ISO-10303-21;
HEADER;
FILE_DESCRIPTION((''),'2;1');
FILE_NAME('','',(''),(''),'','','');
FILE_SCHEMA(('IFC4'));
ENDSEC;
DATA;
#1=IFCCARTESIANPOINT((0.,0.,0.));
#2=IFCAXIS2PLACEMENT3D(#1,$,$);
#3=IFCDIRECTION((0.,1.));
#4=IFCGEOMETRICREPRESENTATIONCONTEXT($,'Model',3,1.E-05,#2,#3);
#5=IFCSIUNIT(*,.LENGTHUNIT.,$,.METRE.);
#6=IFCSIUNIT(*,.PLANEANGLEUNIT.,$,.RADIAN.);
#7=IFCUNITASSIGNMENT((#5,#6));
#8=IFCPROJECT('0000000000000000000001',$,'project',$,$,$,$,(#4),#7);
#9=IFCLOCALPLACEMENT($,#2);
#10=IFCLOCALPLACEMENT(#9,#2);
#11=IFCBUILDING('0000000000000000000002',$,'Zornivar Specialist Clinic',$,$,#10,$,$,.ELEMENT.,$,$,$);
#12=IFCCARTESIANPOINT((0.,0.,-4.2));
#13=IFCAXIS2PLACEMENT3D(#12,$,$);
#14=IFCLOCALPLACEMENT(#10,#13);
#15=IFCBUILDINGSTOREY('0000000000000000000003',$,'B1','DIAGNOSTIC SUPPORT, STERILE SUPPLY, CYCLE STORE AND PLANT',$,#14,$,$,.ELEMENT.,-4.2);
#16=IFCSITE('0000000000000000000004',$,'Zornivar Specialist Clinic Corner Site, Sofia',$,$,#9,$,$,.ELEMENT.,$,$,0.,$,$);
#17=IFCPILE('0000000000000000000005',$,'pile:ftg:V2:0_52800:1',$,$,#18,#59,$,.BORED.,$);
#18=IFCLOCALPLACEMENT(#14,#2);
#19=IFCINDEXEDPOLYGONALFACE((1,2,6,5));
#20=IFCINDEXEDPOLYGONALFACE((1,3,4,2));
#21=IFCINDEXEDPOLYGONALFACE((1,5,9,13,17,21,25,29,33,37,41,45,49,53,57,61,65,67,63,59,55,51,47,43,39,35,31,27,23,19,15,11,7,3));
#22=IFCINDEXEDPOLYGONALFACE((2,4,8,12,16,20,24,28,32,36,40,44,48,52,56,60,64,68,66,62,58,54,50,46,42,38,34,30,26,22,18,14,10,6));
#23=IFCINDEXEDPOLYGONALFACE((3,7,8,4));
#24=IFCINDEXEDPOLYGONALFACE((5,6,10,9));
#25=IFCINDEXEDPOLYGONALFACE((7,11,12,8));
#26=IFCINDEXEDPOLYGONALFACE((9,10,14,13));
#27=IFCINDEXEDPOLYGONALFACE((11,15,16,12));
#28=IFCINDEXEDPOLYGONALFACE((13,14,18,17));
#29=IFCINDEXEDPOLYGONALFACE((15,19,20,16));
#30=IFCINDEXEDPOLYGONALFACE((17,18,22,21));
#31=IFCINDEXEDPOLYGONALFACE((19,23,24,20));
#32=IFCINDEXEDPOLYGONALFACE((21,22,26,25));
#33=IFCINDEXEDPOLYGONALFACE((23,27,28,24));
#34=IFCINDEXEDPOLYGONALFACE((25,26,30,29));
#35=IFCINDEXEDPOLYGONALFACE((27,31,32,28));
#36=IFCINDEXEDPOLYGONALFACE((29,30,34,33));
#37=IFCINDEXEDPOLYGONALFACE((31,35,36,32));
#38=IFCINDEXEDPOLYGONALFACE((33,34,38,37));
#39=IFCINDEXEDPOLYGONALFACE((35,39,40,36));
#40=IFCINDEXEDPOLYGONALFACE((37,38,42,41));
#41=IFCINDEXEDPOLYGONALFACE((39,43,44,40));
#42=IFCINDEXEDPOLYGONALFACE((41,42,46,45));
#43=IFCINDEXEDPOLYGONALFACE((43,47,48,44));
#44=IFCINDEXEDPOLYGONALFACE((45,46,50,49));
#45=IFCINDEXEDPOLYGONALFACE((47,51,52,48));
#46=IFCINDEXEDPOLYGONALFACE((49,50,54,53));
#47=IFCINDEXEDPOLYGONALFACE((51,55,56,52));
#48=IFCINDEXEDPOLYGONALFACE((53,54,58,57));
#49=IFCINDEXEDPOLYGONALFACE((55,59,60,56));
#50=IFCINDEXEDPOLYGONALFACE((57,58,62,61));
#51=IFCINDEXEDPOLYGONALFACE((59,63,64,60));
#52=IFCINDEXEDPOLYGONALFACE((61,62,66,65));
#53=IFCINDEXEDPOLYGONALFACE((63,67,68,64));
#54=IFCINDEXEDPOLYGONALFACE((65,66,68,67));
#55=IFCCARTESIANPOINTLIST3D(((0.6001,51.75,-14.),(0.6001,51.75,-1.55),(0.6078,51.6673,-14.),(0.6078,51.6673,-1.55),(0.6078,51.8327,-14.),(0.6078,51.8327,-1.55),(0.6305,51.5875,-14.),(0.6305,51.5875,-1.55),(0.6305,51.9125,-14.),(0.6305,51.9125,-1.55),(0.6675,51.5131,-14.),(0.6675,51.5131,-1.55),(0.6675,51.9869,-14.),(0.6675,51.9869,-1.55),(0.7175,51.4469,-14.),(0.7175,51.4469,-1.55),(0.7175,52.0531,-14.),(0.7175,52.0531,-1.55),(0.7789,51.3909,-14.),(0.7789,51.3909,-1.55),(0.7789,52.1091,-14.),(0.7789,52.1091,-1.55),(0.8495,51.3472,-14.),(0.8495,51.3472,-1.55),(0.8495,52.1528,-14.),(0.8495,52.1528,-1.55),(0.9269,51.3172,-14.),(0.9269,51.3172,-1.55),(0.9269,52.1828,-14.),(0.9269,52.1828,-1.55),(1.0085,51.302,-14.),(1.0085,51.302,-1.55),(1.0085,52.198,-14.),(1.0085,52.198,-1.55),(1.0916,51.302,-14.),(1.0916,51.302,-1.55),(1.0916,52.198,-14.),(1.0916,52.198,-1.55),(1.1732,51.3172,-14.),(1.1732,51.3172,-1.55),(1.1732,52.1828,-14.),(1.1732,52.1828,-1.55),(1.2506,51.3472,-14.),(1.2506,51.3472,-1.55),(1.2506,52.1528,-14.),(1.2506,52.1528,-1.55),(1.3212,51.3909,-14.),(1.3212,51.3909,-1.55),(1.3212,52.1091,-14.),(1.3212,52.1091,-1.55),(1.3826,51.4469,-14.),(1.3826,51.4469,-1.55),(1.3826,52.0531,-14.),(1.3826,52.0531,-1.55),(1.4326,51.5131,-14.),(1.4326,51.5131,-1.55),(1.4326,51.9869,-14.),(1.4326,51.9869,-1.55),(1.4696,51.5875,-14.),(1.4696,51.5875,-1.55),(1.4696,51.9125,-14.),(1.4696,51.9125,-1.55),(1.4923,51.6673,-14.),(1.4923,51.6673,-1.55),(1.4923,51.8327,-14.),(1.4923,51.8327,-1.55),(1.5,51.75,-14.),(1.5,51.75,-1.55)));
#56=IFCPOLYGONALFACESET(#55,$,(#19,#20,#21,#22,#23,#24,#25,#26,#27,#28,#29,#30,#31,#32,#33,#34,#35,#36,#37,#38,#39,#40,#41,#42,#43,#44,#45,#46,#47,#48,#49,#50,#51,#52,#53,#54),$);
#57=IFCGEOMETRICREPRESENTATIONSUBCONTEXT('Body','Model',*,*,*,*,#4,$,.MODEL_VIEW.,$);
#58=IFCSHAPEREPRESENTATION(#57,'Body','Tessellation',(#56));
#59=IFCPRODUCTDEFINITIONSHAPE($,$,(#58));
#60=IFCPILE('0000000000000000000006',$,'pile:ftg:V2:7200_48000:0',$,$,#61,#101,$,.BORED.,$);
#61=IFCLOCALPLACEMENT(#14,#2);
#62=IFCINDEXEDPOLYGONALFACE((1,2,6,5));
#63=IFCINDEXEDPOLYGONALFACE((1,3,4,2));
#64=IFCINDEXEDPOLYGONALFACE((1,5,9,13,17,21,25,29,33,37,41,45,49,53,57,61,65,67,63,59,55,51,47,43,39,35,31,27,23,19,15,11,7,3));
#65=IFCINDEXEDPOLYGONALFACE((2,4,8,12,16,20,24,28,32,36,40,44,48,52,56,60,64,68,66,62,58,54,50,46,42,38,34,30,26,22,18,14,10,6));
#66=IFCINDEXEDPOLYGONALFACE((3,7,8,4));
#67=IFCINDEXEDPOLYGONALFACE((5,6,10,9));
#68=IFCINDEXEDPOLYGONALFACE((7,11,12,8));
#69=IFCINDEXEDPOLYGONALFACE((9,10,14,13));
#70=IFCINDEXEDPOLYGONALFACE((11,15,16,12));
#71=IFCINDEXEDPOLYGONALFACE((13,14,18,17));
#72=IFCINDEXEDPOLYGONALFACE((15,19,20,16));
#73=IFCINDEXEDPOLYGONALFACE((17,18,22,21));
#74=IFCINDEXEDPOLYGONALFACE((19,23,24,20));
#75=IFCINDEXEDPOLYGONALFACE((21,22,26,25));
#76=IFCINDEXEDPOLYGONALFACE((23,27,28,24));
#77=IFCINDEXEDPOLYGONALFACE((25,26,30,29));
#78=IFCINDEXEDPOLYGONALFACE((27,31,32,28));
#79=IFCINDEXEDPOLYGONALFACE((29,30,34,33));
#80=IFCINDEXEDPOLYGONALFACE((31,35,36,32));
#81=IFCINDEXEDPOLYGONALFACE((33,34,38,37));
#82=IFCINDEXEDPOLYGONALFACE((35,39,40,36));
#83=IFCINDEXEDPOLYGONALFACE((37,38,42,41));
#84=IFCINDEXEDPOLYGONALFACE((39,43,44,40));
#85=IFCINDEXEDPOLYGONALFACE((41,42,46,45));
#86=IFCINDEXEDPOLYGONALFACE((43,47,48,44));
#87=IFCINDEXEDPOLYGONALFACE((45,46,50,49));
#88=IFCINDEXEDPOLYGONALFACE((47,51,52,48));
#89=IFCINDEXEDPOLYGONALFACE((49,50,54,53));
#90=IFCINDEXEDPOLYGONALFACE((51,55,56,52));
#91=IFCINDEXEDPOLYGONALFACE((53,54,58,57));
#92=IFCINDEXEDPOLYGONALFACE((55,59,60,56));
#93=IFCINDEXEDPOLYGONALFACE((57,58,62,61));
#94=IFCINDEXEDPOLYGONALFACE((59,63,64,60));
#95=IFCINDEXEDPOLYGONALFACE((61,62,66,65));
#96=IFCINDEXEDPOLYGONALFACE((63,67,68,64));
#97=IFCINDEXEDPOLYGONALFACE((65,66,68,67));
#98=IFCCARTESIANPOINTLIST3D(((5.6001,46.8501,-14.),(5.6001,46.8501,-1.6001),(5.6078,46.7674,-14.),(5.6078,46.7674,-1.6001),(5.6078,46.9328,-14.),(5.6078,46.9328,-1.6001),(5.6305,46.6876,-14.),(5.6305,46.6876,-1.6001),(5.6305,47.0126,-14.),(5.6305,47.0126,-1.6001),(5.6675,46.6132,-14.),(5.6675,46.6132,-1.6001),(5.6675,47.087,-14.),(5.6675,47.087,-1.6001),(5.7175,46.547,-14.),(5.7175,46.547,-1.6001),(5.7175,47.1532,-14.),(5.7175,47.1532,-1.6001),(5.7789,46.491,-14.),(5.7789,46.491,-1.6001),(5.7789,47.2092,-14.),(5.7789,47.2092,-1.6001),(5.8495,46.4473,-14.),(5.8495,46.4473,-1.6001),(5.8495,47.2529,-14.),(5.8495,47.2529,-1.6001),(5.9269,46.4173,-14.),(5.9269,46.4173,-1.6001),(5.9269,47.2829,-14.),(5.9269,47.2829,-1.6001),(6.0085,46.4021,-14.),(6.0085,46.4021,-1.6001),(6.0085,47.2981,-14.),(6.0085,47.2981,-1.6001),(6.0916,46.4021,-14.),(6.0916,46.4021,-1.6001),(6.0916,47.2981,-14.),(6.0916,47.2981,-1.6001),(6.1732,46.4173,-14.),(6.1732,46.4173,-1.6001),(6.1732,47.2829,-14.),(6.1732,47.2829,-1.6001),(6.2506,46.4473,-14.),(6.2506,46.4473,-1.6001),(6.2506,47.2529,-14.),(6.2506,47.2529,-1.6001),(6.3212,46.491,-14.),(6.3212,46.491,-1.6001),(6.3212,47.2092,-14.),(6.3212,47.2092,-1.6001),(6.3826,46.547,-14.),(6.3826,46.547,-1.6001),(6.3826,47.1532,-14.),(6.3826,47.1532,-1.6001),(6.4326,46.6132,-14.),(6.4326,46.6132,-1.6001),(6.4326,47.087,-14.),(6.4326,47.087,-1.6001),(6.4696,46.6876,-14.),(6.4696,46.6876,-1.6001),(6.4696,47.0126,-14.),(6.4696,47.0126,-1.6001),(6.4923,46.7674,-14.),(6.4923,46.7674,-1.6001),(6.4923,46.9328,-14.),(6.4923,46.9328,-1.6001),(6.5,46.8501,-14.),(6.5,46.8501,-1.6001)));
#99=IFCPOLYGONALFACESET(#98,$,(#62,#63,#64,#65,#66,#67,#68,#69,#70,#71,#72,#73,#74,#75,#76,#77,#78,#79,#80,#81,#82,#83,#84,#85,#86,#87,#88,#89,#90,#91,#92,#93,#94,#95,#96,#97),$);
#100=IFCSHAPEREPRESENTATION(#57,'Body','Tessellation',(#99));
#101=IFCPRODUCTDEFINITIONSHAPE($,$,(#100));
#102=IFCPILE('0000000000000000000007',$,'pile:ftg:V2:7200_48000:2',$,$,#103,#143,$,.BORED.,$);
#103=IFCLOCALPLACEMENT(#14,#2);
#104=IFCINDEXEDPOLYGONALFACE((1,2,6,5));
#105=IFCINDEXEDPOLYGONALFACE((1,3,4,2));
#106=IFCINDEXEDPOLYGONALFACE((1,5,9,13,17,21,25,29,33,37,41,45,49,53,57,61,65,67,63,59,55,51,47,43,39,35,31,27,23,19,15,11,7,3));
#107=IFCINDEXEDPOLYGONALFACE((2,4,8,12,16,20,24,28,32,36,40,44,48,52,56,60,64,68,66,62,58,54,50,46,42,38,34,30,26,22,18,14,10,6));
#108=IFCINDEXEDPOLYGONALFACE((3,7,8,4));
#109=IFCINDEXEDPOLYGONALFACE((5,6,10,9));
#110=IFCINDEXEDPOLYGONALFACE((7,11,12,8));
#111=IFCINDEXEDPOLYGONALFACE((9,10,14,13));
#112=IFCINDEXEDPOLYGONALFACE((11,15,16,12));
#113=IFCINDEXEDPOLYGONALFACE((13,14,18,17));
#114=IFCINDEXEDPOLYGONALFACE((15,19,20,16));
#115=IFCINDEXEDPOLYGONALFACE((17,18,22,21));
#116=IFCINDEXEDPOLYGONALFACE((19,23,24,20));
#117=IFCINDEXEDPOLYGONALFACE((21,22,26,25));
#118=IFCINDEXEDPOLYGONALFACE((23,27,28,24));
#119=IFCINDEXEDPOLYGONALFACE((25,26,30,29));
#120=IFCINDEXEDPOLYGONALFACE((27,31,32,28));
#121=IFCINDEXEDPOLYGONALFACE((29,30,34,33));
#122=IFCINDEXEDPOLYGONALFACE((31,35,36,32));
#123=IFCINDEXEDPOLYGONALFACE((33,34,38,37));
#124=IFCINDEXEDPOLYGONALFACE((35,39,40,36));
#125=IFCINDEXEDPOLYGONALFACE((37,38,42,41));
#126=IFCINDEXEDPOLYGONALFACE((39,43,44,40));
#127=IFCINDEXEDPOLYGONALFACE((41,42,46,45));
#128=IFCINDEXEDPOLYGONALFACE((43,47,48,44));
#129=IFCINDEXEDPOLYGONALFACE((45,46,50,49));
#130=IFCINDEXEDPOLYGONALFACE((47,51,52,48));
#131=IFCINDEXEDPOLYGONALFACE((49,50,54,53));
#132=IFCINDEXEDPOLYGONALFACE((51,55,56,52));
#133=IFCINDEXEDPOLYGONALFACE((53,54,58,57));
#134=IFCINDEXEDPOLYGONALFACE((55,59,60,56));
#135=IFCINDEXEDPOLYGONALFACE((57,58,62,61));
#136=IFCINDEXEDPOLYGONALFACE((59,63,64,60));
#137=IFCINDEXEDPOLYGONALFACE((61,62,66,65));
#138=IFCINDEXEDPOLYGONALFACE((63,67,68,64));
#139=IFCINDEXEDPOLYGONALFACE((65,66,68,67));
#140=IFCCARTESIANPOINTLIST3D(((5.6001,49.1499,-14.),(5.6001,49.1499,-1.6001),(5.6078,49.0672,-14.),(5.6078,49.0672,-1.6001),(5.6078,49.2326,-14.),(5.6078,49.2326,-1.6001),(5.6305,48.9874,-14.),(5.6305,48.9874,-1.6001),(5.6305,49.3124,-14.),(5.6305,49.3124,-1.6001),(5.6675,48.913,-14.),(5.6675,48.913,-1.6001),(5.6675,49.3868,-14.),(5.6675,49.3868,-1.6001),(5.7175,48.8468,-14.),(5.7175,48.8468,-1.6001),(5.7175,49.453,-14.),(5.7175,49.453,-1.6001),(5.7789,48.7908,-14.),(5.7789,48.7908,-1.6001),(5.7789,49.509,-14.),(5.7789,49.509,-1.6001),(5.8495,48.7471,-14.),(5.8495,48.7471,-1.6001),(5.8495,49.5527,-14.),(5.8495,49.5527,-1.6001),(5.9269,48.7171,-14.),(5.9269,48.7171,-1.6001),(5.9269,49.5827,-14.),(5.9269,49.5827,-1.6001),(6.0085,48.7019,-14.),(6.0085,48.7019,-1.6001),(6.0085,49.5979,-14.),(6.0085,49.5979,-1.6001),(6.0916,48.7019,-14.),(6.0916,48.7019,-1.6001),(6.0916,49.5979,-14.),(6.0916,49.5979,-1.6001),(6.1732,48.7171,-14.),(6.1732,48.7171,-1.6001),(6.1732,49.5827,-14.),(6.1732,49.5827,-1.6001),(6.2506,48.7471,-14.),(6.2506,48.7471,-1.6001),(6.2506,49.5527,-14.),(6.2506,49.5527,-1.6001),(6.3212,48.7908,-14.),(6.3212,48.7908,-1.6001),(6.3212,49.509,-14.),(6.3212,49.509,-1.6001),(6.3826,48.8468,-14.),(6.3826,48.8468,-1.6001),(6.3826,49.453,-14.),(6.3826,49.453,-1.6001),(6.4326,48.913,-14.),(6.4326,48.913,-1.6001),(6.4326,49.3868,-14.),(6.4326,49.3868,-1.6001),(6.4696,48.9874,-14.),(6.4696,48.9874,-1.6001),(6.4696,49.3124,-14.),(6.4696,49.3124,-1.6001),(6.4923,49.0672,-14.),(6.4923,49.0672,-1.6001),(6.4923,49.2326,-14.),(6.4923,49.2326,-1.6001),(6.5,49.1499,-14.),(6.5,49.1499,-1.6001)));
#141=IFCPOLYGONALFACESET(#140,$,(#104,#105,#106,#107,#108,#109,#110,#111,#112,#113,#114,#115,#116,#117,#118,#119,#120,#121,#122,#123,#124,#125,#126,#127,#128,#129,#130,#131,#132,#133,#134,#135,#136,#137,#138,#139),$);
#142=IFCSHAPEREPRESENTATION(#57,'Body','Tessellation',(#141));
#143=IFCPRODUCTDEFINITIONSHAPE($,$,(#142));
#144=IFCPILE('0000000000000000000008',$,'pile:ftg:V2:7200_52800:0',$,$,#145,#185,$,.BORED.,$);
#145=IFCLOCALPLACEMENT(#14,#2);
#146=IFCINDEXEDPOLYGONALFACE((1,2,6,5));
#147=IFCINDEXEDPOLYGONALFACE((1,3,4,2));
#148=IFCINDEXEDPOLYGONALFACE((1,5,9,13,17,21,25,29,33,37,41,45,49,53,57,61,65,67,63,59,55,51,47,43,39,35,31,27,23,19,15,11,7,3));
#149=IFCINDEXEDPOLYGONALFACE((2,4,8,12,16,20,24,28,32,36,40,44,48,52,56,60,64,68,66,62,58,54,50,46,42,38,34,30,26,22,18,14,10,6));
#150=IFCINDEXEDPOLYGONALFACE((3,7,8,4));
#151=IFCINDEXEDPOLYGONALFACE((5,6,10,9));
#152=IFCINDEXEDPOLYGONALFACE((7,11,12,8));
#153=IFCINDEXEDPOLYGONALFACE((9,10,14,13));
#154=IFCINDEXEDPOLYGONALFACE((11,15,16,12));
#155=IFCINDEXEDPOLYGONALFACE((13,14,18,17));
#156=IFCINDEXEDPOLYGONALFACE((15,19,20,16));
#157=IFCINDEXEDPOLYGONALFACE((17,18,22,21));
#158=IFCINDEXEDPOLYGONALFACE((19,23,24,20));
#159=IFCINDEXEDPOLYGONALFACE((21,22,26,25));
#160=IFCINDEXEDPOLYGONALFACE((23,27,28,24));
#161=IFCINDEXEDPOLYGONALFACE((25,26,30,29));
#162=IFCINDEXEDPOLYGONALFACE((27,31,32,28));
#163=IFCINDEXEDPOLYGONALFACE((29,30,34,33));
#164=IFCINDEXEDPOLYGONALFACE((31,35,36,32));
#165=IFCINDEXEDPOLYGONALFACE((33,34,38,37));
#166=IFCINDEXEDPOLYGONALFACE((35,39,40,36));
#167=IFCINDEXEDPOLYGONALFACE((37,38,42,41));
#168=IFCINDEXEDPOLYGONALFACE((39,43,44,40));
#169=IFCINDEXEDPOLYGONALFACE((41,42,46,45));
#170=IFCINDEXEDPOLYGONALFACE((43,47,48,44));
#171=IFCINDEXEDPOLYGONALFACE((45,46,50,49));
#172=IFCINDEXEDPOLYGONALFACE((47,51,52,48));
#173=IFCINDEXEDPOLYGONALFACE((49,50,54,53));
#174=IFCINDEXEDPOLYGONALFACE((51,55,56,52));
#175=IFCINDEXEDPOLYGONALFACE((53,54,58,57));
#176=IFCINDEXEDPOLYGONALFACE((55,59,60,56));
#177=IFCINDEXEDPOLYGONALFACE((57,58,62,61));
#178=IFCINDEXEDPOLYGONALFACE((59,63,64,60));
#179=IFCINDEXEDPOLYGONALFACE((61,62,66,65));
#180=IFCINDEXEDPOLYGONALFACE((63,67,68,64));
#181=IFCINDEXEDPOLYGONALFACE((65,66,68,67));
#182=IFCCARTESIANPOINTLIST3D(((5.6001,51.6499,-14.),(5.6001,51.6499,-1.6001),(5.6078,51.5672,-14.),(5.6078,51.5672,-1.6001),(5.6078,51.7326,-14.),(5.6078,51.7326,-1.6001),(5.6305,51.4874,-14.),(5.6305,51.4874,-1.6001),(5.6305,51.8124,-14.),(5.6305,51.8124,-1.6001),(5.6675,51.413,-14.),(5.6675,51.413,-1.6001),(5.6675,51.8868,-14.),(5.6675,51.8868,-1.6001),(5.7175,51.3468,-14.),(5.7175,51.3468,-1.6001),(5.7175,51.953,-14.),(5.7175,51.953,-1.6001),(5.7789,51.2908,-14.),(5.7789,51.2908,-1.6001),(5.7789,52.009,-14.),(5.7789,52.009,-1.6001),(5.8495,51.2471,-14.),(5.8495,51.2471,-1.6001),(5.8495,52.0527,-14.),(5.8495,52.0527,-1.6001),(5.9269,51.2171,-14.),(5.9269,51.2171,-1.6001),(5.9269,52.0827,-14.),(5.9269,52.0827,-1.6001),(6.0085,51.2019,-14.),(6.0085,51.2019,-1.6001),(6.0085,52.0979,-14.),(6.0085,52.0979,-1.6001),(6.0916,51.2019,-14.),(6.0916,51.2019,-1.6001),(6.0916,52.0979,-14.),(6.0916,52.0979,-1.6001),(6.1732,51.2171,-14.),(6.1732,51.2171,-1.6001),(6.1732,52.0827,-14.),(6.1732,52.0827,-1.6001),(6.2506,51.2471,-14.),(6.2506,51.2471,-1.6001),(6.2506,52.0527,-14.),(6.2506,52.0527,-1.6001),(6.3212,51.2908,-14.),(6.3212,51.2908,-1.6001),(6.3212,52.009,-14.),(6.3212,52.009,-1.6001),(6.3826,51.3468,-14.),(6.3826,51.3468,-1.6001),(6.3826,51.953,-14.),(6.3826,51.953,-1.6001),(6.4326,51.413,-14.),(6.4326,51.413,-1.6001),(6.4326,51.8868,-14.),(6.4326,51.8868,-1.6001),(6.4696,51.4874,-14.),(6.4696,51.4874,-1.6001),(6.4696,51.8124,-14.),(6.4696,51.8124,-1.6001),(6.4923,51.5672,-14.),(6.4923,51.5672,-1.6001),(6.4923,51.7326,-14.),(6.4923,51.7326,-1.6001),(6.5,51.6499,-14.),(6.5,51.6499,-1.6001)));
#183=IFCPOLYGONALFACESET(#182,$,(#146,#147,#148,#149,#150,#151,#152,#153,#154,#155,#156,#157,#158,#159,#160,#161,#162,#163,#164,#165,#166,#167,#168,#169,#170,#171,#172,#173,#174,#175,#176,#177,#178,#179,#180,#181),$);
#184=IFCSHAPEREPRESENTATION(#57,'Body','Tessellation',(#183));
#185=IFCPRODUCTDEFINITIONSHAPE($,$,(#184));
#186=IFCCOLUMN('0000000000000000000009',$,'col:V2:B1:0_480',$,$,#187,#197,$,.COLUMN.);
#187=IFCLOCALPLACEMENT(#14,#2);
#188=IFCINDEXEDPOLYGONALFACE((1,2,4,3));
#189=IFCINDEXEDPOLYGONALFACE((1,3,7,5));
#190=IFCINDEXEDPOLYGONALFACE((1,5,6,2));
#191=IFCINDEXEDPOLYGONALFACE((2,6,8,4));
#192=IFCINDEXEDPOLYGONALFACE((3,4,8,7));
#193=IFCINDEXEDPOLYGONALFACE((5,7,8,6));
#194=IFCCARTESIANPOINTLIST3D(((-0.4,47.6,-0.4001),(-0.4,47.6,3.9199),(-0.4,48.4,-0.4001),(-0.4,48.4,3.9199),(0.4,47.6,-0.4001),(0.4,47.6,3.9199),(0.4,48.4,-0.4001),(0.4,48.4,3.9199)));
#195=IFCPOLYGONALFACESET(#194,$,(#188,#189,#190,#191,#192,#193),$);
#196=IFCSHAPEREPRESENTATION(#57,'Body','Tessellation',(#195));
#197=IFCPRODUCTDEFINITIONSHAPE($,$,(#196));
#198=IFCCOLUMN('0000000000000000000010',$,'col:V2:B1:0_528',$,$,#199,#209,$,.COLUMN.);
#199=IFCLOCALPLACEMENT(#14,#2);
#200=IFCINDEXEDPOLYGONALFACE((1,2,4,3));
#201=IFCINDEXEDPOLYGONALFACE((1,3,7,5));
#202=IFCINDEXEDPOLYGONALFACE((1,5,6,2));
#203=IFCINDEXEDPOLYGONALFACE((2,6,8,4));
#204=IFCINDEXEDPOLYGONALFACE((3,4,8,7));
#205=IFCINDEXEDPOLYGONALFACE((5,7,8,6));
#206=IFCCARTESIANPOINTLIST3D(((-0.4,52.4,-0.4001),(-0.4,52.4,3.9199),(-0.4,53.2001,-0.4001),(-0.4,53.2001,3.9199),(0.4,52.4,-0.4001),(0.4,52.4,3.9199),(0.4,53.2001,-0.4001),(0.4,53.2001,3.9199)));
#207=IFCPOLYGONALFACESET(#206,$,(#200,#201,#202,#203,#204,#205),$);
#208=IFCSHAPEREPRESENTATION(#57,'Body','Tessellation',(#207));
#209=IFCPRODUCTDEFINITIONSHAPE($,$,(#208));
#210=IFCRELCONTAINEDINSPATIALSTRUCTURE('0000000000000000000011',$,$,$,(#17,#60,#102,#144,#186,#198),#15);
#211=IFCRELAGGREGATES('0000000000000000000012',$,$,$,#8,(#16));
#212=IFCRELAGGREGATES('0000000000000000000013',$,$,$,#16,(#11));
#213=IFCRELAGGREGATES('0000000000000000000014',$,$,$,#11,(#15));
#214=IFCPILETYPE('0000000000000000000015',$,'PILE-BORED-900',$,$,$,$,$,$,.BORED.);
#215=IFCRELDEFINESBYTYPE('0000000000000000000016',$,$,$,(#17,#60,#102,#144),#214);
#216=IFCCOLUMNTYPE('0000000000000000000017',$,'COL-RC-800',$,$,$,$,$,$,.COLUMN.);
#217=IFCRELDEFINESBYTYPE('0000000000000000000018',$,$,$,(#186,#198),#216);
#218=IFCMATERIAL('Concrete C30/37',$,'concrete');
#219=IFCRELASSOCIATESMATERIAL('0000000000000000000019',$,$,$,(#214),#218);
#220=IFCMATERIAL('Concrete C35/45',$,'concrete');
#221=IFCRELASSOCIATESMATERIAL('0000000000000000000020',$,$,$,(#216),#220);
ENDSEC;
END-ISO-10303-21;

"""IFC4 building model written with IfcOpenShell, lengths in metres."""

from ifc_helpers import new_model, si_unit, direction, frame, origin, origin_2d, place, context, subcontext, project, spatial, rectangle, circle, extrude, material, material_profile, profile_set, type_object, element, save


model = new_model("IFC4")

# Units and contexts
model_context = context("Model", 3, precision=1e-05, world=origin(), true_north=direction((0.0, 1.0)))
body_context = subcontext(model_context, "Body", "Model", "MODEL_VIEW")
ifc_project = project(units=[si_unit("LENGTHUNIT", "METRE"), si_unit("PLANEANGLEUNIT", "RADIAN")], contexts=[model_context])

# Site, building, storey
site_placement = place(None, origin())
site = spatial("IfcSite", under=ifc_project, at=site_placement, Name="Zornivar Specialist Clinic Corner Site, Sofia", CompositionType="ELEMENT", RefElevation=0.0)
building_placement = place(site_placement, origin())
building = spatial("IfcBuilding", under=site, at=building_placement, Name="Zornivar Specialist Clinic", CompositionType="ELEMENT")
storey_placement = place(building_placement, frame((0.0, 0.0, -4.2)))
storey = spatial("IfcBuildingStorey", under=building, at=storey_placement, Name="B1", Description="DIAGNOSTIC SUPPORT, STERILE SUPPLY, CYCLE STORE AND PLANT", CompositionType="ELEMENT", Elevation=-4.2)

# Piles
ifc_material_1 = material(Name="Concrete C30/37", Category="concrete")
ifc_material_profile_1 = material_profile(ifc_material_1, circle(Radius=0.45, at=origin_2d()), Name="PILE D900")
ifc_profile_set_1 = profile_set([ifc_material_profile_1], Name="Concrete C30/37")
pile_type_1 = type_object("IfcPileType", Name="PILE-BORED-900", PredefinedType="BORED", material=ifc_profile_set_1)
for number, where, z_axis, x_axis, name in (
    (1, (1.05, 51.75, -1.55), (0.0, 0.0, -1.0), (1.0, 0.0, 0.0), "pile:ftg:V2:0_52800:1"),
):
    element("IfcPile", number, at=place(storey_placement, frame(where, z_axis=z_axis, x_axis=x_axis)), inside=storey, type_object=pile_type_1, Name=name, PredefinedType="BORED", context=body_context, shape_type="SweptSolid", body=[
        extrude(circle(Radius=0.45, at=origin_2d()), origin(), (0.0, 0.0, 1.0), 12.45),
    ])
for number, where, z_axis, x_axis, name in (
    (2, (6.05, 46.8501, -1.6001), (0.0, 0.0, -1.0), (1.0, 0.0, 0.0), "pile:ftg:V2:7200_48000:0"),
    (3, (6.05, 49.1499, -1.6001), (0.0, 0.0, -1.0), (1.0, 0.0, 0.0), "pile:ftg:V2:7200_48000:2"),
    (4, (6.05, 51.6499, -1.6001), (0.0, 0.0, -1.0), (1.0, 0.0, 0.0), "pile:ftg:V2:7200_52800:0"),
):
    element("IfcPile", number, at=place(storey_placement, frame(where, z_axis=z_axis, x_axis=x_axis)), inside=storey, type_object=pile_type_1, Name=name, PredefinedType="BORED", context=body_context, shape_type="SweptSolid", body=[
        extrude(circle(Radius=0.45, at=origin_2d()), origin(), (0.0, 0.0, 1.0), 12.3999),
    ])

# Columns
ifc_material_2 = material(Name="Concrete C35/45", Category="concrete")
ifc_material_profile_2 = material_profile(ifc_material_2, rectangle(XDim=0.8, YDim=0.8, at=origin_2d()), Name="RC 800x800")
ifc_profile_set_2 = profile_set([ifc_material_profile_2], Name="Concrete C35/45")
column_type = type_object("IfcColumnType", Name="COL-RC-800", PredefinedType="COLUMN", material=ifc_profile_set_2)
for number, where, z_axis, x_axis, name in (
    (5, (0.0, 48.0, -0.4001), (0.0, 0.0, 1.0), (1.0, 0.0, 0.0), "col:V2:B1:0_480"),
    (6, (0.0, 52.8, -0.4001), (0.0, 0.0, 1.0), (1.0, 0.0, 0.0), "col:V2:B1:0_528"),
):
    element("IfcColumn", number, at=place(storey_placement, frame(where, z_axis=z_axis, x_axis=x_axis)), inside=storey, type_object=column_type, Name=name, PredefinedType="COLUMN", context=body_context, shape_type="SweptSolid", body=[
        extrude(rectangle(XDim=0.8, YDim=0.8, at=origin_2d()), origin(), (0.0, 0.0, 1.0), 4.3201),
    ])

save(model, "model.ifc")
